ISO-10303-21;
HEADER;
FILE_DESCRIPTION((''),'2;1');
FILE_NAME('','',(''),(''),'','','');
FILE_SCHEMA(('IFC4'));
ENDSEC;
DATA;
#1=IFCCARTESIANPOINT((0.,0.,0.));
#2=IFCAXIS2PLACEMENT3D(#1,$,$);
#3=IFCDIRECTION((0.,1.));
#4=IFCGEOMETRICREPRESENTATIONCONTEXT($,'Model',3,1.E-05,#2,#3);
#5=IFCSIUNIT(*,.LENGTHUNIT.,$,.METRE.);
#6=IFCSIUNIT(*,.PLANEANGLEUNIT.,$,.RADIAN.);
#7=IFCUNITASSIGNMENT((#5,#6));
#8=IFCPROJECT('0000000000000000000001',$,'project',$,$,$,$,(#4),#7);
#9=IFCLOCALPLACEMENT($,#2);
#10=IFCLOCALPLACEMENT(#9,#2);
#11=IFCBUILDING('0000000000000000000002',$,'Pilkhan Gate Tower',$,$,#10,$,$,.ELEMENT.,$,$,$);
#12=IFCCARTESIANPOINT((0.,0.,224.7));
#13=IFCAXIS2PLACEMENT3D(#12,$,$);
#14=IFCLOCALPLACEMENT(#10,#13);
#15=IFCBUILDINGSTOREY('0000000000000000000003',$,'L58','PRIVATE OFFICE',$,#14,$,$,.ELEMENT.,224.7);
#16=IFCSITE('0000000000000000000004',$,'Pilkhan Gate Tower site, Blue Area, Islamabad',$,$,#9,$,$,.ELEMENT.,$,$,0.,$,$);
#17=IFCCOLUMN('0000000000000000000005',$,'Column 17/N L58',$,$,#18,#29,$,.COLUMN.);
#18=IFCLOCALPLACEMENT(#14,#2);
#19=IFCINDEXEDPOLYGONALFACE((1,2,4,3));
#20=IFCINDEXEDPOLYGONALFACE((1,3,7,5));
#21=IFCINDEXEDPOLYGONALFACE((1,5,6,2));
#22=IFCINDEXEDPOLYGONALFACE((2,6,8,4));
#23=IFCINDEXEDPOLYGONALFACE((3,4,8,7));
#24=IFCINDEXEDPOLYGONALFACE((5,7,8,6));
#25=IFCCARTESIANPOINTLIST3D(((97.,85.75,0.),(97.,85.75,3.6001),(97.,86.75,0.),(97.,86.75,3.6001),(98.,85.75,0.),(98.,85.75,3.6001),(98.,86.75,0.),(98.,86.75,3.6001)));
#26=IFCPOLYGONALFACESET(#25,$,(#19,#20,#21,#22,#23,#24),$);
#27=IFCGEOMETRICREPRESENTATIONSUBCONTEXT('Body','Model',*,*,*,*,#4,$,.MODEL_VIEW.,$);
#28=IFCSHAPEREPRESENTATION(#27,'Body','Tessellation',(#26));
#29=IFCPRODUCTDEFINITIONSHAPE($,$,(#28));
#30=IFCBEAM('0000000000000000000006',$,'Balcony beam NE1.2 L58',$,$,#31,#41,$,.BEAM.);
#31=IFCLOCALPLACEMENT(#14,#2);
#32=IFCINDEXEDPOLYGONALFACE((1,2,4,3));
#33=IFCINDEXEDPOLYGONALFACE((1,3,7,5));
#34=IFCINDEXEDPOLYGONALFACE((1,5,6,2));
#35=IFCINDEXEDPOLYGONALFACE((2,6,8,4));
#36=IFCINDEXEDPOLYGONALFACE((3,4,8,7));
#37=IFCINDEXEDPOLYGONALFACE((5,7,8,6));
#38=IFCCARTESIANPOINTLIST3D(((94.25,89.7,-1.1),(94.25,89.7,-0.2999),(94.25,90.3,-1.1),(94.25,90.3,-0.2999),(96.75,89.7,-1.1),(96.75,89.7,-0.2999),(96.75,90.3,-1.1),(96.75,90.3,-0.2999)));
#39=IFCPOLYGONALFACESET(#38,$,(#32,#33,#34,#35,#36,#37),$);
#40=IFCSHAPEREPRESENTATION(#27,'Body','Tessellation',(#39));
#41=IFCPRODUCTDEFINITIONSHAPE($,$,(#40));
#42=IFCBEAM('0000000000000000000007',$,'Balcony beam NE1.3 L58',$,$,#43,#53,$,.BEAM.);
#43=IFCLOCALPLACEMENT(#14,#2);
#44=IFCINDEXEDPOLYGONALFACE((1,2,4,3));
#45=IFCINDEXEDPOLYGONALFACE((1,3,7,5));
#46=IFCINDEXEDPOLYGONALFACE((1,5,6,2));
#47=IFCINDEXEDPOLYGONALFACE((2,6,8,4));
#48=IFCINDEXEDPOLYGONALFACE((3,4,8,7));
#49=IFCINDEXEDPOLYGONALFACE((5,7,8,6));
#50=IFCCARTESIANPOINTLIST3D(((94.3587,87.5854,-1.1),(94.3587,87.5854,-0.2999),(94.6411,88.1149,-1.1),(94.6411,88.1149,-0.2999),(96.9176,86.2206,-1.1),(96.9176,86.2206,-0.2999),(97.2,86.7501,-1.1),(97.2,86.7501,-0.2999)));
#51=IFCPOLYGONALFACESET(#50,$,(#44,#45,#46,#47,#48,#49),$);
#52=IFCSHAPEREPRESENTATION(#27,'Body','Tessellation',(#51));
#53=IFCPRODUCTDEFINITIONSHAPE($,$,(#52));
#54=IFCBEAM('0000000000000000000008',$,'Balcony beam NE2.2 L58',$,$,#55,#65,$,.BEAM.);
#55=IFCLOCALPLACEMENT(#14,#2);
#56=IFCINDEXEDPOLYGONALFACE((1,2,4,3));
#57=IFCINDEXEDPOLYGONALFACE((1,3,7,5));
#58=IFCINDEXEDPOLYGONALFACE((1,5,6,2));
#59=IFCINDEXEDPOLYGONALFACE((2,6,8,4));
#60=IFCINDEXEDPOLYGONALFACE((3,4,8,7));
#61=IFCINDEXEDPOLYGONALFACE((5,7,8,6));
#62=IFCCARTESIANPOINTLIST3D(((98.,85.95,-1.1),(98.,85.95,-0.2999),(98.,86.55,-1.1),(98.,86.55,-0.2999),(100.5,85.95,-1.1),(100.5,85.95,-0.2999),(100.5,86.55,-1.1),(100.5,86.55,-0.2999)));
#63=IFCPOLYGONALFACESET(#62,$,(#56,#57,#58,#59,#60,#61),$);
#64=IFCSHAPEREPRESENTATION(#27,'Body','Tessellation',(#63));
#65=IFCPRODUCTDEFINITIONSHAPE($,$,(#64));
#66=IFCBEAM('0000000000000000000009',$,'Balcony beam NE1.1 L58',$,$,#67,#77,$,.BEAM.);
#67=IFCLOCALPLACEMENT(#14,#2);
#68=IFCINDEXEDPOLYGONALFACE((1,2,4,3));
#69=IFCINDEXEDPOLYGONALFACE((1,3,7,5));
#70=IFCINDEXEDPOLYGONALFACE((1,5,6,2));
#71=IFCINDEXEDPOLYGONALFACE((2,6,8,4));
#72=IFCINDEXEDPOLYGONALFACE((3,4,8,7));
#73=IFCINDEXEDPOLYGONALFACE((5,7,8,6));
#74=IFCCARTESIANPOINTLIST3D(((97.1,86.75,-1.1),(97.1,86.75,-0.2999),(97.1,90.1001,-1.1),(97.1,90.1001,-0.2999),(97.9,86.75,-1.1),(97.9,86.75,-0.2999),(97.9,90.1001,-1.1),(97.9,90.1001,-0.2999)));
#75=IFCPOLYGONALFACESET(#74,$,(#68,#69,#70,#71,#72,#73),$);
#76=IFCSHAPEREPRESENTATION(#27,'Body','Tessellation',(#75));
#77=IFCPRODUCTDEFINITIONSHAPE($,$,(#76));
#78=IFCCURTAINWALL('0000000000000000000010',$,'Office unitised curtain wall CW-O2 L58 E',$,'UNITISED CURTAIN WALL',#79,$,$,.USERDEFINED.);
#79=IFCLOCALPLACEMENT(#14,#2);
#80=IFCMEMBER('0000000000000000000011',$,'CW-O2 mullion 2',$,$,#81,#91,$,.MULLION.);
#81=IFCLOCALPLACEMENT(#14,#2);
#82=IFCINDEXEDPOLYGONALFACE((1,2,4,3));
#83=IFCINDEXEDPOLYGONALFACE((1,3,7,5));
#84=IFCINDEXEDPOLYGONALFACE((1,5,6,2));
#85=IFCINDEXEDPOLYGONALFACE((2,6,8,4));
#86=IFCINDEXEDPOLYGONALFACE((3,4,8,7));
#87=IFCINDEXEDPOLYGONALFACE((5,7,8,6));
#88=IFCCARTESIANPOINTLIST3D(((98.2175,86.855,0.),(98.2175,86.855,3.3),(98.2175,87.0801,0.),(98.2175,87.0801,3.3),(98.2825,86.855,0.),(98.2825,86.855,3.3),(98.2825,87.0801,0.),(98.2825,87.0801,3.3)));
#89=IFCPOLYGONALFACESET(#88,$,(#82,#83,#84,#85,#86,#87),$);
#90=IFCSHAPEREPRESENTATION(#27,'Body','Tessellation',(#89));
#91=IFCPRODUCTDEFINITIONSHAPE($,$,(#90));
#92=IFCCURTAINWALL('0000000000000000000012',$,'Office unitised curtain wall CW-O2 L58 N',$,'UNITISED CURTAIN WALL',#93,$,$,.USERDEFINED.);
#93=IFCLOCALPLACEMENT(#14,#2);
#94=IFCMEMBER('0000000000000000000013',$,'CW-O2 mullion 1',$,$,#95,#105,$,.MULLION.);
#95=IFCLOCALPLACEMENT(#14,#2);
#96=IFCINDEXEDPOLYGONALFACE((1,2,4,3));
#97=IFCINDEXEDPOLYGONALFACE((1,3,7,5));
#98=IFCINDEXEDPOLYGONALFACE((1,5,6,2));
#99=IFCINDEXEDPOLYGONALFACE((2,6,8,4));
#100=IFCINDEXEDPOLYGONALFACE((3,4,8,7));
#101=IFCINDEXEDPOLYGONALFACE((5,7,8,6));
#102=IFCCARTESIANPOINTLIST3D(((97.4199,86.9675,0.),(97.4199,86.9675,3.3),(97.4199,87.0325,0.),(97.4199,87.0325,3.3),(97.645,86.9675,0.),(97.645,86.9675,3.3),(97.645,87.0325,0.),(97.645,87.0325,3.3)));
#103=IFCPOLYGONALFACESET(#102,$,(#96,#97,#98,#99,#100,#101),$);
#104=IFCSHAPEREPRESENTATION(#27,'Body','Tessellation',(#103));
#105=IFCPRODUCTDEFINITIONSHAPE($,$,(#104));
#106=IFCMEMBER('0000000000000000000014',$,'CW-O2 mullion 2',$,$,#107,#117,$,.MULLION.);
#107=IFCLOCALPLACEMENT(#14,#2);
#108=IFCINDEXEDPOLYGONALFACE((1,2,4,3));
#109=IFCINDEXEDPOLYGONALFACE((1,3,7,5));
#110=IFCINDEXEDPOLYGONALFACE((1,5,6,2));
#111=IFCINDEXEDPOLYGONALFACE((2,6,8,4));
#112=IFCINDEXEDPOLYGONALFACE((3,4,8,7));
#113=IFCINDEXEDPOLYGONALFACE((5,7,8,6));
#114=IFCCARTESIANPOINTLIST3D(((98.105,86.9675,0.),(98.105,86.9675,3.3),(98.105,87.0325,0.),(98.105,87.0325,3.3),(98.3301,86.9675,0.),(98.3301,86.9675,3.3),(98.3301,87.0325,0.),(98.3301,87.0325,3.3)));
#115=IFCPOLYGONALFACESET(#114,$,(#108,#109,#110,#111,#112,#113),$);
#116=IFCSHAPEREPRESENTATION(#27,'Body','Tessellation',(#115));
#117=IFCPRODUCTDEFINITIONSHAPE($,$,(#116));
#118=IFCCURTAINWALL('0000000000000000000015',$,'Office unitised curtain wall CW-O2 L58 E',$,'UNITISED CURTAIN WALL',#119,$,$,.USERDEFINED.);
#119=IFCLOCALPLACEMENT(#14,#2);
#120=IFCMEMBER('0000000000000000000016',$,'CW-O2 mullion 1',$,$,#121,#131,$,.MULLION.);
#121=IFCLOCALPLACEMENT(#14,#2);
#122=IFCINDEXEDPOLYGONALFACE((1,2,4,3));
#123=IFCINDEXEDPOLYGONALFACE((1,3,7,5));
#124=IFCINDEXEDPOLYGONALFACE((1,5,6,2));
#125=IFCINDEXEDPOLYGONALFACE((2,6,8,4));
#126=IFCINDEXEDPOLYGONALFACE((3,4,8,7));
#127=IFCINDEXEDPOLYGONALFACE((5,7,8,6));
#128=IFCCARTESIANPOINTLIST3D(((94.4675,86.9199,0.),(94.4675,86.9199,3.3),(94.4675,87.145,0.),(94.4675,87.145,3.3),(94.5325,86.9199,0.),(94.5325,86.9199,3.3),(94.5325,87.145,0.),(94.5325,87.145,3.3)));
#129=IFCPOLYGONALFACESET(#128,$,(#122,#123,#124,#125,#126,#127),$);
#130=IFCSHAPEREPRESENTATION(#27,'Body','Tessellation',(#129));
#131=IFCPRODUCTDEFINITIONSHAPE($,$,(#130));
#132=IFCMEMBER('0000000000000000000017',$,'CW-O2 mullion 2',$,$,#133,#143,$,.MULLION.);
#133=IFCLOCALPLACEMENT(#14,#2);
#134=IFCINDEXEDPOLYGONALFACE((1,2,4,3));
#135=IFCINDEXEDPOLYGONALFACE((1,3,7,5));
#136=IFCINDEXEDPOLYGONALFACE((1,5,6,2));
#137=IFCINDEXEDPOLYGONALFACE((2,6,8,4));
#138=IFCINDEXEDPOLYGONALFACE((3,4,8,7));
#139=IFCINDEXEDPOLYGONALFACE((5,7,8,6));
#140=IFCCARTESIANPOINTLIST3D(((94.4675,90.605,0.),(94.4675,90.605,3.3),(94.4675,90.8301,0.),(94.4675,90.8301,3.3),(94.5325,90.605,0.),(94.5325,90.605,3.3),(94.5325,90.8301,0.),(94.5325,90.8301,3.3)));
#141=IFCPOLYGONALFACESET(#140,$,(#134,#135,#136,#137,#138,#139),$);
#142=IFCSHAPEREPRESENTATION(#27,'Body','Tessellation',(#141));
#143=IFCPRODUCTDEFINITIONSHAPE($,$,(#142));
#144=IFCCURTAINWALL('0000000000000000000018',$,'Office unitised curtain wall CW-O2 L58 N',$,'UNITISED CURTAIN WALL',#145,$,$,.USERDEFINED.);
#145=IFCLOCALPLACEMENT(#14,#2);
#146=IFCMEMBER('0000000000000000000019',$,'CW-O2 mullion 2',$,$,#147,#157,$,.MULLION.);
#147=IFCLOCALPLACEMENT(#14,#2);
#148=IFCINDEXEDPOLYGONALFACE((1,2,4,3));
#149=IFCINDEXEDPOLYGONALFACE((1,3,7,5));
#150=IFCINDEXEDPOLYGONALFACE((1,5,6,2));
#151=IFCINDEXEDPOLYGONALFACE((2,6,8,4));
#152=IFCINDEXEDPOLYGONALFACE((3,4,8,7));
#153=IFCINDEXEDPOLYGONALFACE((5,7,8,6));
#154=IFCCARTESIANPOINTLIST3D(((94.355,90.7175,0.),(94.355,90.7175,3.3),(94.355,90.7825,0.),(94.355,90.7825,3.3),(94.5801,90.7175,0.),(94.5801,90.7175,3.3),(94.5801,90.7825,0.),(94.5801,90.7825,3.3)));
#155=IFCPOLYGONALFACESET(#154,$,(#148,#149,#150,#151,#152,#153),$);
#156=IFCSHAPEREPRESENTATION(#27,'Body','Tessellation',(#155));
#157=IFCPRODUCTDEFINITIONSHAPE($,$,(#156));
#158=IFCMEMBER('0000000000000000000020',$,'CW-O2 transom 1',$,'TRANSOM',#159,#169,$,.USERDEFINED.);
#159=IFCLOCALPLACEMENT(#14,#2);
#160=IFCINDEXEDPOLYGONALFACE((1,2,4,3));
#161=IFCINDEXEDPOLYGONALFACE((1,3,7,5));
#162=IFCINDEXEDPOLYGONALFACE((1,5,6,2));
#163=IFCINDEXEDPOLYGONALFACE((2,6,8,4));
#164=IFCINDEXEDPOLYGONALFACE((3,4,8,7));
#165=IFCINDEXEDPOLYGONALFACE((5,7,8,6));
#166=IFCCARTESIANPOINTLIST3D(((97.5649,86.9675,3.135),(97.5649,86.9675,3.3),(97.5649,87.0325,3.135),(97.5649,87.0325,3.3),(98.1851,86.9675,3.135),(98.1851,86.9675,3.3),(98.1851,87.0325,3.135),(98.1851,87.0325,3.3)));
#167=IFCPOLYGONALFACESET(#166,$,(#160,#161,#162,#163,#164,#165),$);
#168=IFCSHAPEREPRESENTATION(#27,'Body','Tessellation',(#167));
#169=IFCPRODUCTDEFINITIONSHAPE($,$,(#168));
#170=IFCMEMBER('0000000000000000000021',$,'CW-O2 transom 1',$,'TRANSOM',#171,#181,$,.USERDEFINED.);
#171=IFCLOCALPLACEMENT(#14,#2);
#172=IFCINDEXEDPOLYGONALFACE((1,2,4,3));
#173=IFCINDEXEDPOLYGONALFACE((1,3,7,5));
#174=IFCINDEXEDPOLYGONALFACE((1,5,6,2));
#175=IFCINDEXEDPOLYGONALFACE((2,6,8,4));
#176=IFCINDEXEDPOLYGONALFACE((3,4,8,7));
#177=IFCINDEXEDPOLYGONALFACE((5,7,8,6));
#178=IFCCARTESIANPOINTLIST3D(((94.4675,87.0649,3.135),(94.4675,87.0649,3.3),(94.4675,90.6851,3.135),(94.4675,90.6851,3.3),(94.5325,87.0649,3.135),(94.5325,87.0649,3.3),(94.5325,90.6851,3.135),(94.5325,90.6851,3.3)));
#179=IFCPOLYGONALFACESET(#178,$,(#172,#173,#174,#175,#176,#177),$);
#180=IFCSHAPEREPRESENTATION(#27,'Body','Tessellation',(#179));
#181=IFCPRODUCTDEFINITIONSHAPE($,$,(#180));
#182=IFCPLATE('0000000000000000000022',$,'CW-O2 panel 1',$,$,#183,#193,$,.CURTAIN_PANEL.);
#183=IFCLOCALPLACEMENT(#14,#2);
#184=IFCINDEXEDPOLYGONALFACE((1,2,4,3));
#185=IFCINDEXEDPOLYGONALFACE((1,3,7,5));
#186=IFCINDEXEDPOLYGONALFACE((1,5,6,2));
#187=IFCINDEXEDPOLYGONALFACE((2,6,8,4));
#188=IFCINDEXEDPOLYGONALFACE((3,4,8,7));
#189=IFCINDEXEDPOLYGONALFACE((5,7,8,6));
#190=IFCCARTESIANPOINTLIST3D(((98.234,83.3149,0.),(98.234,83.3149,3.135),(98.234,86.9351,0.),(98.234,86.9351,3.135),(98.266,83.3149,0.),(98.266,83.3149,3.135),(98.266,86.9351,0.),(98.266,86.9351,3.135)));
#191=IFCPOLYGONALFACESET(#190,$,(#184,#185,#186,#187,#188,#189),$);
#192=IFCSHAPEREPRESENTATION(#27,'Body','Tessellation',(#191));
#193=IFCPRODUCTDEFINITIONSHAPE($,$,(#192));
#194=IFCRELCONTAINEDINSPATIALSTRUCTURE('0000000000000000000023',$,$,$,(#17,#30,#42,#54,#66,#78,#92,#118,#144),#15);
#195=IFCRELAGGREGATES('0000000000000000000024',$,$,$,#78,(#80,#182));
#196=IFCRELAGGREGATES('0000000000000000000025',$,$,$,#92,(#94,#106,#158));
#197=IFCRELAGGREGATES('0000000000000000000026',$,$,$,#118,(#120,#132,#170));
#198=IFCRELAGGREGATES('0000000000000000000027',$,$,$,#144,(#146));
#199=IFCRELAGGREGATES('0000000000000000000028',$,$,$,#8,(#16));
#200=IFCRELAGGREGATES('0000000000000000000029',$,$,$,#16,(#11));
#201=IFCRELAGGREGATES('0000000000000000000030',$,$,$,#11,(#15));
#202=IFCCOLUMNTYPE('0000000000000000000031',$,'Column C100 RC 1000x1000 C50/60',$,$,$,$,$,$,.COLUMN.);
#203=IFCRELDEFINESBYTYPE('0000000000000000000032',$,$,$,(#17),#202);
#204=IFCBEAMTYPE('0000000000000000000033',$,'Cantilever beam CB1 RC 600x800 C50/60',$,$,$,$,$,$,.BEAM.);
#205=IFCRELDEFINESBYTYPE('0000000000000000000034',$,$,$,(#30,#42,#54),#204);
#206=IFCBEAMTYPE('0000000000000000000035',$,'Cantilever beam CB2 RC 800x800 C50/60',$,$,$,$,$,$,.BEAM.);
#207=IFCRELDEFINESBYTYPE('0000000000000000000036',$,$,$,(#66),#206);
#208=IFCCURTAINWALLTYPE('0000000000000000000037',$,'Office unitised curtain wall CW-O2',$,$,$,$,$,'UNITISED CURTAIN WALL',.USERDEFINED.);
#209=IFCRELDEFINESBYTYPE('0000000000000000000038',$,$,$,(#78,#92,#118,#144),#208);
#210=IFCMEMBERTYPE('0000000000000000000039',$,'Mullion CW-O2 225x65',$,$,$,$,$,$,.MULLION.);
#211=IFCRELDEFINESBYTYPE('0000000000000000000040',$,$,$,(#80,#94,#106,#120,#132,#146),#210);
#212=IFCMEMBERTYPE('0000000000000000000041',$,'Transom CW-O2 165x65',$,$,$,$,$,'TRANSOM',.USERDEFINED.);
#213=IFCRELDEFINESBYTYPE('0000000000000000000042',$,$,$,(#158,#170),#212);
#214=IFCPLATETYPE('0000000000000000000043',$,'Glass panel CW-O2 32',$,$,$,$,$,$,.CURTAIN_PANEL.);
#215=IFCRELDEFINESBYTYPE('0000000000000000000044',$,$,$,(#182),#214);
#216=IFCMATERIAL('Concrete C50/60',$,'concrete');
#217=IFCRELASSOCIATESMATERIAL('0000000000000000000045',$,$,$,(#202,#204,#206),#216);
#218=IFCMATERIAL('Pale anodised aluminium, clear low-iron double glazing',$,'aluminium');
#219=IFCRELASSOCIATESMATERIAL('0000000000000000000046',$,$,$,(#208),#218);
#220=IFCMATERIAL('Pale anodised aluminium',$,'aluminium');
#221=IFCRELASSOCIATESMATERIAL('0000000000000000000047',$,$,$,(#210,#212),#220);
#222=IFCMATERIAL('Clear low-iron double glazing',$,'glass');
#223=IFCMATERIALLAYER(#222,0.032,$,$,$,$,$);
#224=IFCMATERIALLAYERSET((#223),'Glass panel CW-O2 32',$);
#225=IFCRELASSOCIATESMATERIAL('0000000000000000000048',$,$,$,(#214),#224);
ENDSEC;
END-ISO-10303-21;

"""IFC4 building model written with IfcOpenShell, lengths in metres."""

from ifc_helpers import new_model, si_unit, direction, frame, origin, origin_2d, place, context, subcontext, project, spatial, rectangle, extrude, material, layer, layer_set, material_profile, profile_set, type_object, element, aggregate, save


model = new_model("IFC4")

# Units and contexts
model_context = context("Model", 3, precision=1e-05, world=origin(), true_north=direction((0.0, 1.0)))
body_context = subcontext(model_context, "Body", "Model", "MODEL_VIEW")
ifc_project = project(units=[si_unit("LENGTHUNIT", "METRE"), si_unit("PLANEANGLEUNIT", "RADIAN")], contexts=[model_context])

# Site, building, storey
site_placement = place(None, origin())
site = spatial("IfcSite", under=ifc_project, at=site_placement, Name="Pilkhan Gate Tower site, Blue Area, Islamabad", CompositionType="ELEMENT", RefElevation=0.0)
building_placement = place(site_placement, origin())
building = spatial("IfcBuilding", under=site, at=building_placement, Name="Pilkhan Gate Tower", CompositionType="ELEMENT")
storey_placement = place(building_placement, frame((0.0, 0.0, 224.7)))
storey = spatial("IfcBuildingStorey", under=building, at=storey_placement, Name="L58", Description="PRIVATE OFFICE", CompositionType="ELEMENT", Elevation=224.7)

# Column
ifc_material_1 = material(Name="Concrete C50/60", Category="concrete")
ifc_material_profile_1 = material_profile(ifc_material_1, rectangle(XDim=1.0, YDim=1.0, at=origin_2d()), Name="RC 1000x1000")
ifc_profile_set_1 = profile_set([ifc_material_profile_1], Name="Concrete C50/60")
column_type = type_object("IfcColumnType", Name="Column C100 RC 1000x1000 C50/60", PredefinedType="COLUMN", material=ifc_profile_set_1)
column_placement = place(storey_placement, frame((97.5, 86.25, 0.0), z_axis=(0.0, 0.0, 1.0), x_axis=(1.0, 0.0, 0.0)))
element("IfcColumn", 1, at=column_placement, inside=storey, type_object=column_type, Name="Column 17/N L58", PredefinedType="COLUMN", context=body_context, shape_type="SweptSolid", body=[
    extrude(rectangle(XDim=1.0, YDim=1.0, at=origin_2d()), origin(), (0.0, 0.0, 1.0), 3.6001),
])

# Beams
ifc_material_profile_2 = material_profile(ifc_material_1, rectangle(XDim=0.6001, YDim=0.8, at=origin_2d()), Name="RC 600x800")
ifc_profile_set_2 = profile_set([ifc_material_profile_2], Name="Concrete C50/60")
beam_type_1 = type_object("IfcBeamType", Name="Cantilever beam CB1 RC 600x800 C50/60", PredefinedType="BEAM", material=ifc_profile_set_2)
beam_1_placement = place(storey_placement, frame((94.25, 90.0, -0.7), z_axis=(1.0, 0.0, 0.0), x_axis=(0.0, 1.0, 0.0)))
element("IfcBeam", 2, at=beam_1_placement, inside=storey, type_object=beam_type_1, Name="Balcony beam NE1.2 L58", PredefinedType="BEAM", context=body_context, shape_type="SweptSolid", body=[
    extrude(rectangle(XDim=0.6001, YDim=0.8, at=origin_2d()), origin(), (0.0, 0.0, 1.0), 2.5),
])
beam_2_placement = place(storey_placement, frame((97.0588, 86.4854, -0.7), z_axis=(-0.882348, 0.470597, 0.0), x_axis=(-0.470597, -0.882348, 0.0)))
element("IfcBeam", 3, at=beam_2_placement, inside=storey, type_object=beam_type_1, Name="Balcony beam NE1.3 L58", PredefinedType="BEAM", context=body_context, shape_type="SweptSolid", body=[
    extrude(rectangle(XDim=0.6001, YDim=0.8, at=origin_2d()), origin(), (0.0, 0.0, 1.0), 2.9001),
])
beam_3_placement = place(storey_placement, frame((98.0, 86.25, -0.7), z_axis=(1.0, 0.0, 0.0), x_axis=(0.0, 1.0, 0.0)))
element("IfcBeam", 4, at=beam_3_placement, inside=storey, type_object=beam_type_1, Name="Balcony beam NE2.2 L58", PredefinedType="BEAM", context=body_context, shape_type="SweptSolid", body=[
    extrude(rectangle(XDim=0.6001, YDim=0.8, at=origin_2d()), origin(), (0.0, 0.0, 1.0), 2.5),
])
ifc_material_profile_3 = material_profile(ifc_material_1, rectangle(XDim=0.8, YDim=0.8, at=origin_2d()), Name="RC 800x800")
ifc_profile_set_3 = profile_set([ifc_material_profile_3], Name="Concrete C50/60")
beam_type_2 = type_object("IfcBeamType", Name="Cantilever beam CB2 RC 800x800 C50/60", PredefinedType="BEAM", material=ifc_profile_set_3)
beam_4_placement = place(storey_placement, frame((97.5, 86.75, -0.7), z_axis=(0.0, 1.0, 0.0), x_axis=(-1.0, 0.0, 0.0)))
element("IfcBeam", 5, at=beam_4_placement, inside=storey, type_object=beam_type_2, Name="Balcony beam NE1.1 L58", PredefinedType="BEAM", context=body_context, shape_type="SweptSolid", body=[
    extrude(rectangle(XDim=0.8, YDim=0.8, at=origin_2d()), origin(), (0.0, 0.0, 1.0), 3.3501),
])

# Curtain wall, member
ifc_material_2 = material(Name="Pale anodised aluminium, clear low-iron double glazing", Category="aluminium")
curtain_wall_type = type_object("IfcCurtainWallType", Name="Office unitised curtain wall CW-O2", ElementType="UNITISED CURTAIN WALL", PredefinedType="USERDEFINED", material=ifc_material_2)
curtain_wall_1_placement = place(storey_placement, origin())
curtain_wall_1 = element("IfcCurtainWall", 6, at=curtain_wall_1_placement, inside=storey, type_object=curtain_wall_type, Name="Office unitised curtain wall CW-O2 L58 E", ObjectType="UNITISED CURTAIN WALL", PredefinedType="USERDEFINED")
ifc_material_3 = material(Name="Pale anodised aluminium", Category="aluminium")
ifc_material_profile_4 = material_profile(ifc_material_3, rectangle(XDim=0.0649, YDim=0.2251, at=origin_2d()), Name="Mullion 225x65")
ifc_profile_set_4 = profile_set([ifc_material_profile_4], Name="Pale anodised aluminium")
member_type_1 = type_object("IfcMemberType", Name="Mullion CW-O2 225x65", PredefinedType="MULLION", material=ifc_profile_set_4)
member_1_placement = place(storey_placement, frame((98.25, 86.9675, 0.0), z_axis=(0.0, 0.0, 1.0), x_axis=(-1.0, 0.0, 0.0)))
member_1 = element("IfcMember", 7, at=member_1_placement, type_object=member_type_1, Name="CW-O2 mullion 2", PredefinedType="MULLION", context=body_context, shape_type="SweptSolid", body=[
    extrude(rectangle(XDim=0.0649, YDim=0.2251, at=origin_2d()), origin(), (0.0, 0.0, 1.0), 3.3),
])

# Curtain walls, members
curtain_wall_2_placement = place(storey_placement, origin())
curtain_wall_2 = element("IfcCurtainWall", 8, at=curtain_wall_2_placement, inside=storey, type_object=curtain_wall_type, Name="Office unitised curtain wall CW-O2 L58 N", ObjectType="UNITISED CURTAIN WALL", PredefinedType="USERDEFINED")
member_2_placement = place(storey_placement, frame((97.5325, 87.0, 0.0), z_axis=(0.0, 0.0, 1.0), x_axis=(0.0, 1.0, 0.0)))
member_2 = element("IfcMember", 9, at=member_2_placement, type_object=member_type_1, Name="CW-O2 mullion 1", PredefinedType="MULLION", context=body_context, shape_type="SweptSolid", body=[
    extrude(rectangle(XDim=0.0649, YDim=0.2251, at=origin_2d()), origin(), (0.0, 0.0, 1.0), 3.3),
])
member_3_placement = place(storey_placement, frame((98.2175, 87.0, 0.0), z_axis=(0.0, 0.0, 1.0), x_axis=(0.0, 1.0, 0.0)))
member_3 = element("IfcMember", 10, at=member_3_placement, type_object=member_type_1, Name="CW-O2 mullion 2", PredefinedType="MULLION", context=body_context, shape_type="SweptSolid", body=[
    extrude(rectangle(XDim=0.0649, YDim=0.2251, at=origin_2d()), origin(), (0.0, 0.0, 1.0), 3.3),
])
curtain_wall_3_placement = place(storey_placement, origin())
curtain_wall_3 = element("IfcCurtainWall", 11, at=curtain_wall_3_placement, inside=storey, type_object=curtain_wall_type, Name="Office unitised curtain wall CW-O2 L58 E", ObjectType="UNITISED CURTAIN WALL", PredefinedType="USERDEFINED")
member_4_placement = place(storey_placement, frame((94.5, 87.0325, 0.0), z_axis=(0.0, 0.0, 1.0), x_axis=(-1.0, 0.0, 0.0)))
member_4 = element("IfcMember", 12, at=member_4_placement, type_object=member_type_1, Name="CW-O2 mullion 1", PredefinedType="MULLION", context=body_context, shape_type="SweptSolid", body=[
    extrude(rectangle(XDim=0.0649, YDim=0.2251, at=origin_2d()), origin(), (0.0, 0.0, 1.0), 3.3),
])
member_5_placement = place(storey_placement, frame((94.5, 90.7175, 0.0), z_axis=(0.0, 0.0, 1.0), x_axis=(-1.0, 0.0, 0.0)))
member_5 = element("IfcMember", 13, at=member_5_placement, type_object=member_type_1, Name="CW-O2 mullion 2", PredefinedType="MULLION", context=body_context, shape_type="SweptSolid", body=[
    extrude(rectangle(XDim=0.0649, YDim=0.2251, at=origin_2d()), origin(), (0.0, 0.0, 1.0), 3.3),
])

# Curtain wall, member
curtain_wall_4_placement = place(storey_placement, origin())
curtain_wall_4 = element("IfcCurtainWall", 14, at=curtain_wall_4_placement, inside=storey, type_object=curtain_wall_type, Name="Office unitised curtain wall CW-O2 L58 N", ObjectType="UNITISED CURTAIN WALL", PredefinedType="USERDEFINED")
member_6_placement = place(storey_placement, frame((94.4675, 90.75, 0.0), z_axis=(0.0, 0.0, 1.0), x_axis=(0.0, 1.0, 0.0)))
member_6 = element("IfcMember", 15, at=member_6_placement, type_object=member_type_1, Name="CW-O2 mullion 2", PredefinedType="MULLION", context=body_context, shape_type="SweptSolid", body=[
    extrude(rectangle(XDim=0.0649, YDim=0.2251, at=origin_2d()), origin(), (0.0, 0.0, 1.0), 3.3),
])

# Members
ifc_material_profile_5 = material_profile(ifc_material_3, rectangle(XDim=0.0649, YDim=0.165, at=origin_2d()), Name="Transom 165x65")
ifc_profile_set_5 = profile_set([ifc_material_profile_5], Name="Pale anodised aluminium")
member_type_2 = type_object("IfcMemberType", Name="Transom CW-O2 165x65", ElementType="TRANSOM", PredefinedType="USERDEFINED", material=ifc_profile_set_5)
member_7_placement = place(storey_placement, frame((97.5649, 87.0, 3.2175), z_axis=(1.0, 0.0, 0.0), x_axis=(0.0, 1.0, 0.0)))
member_7 = element("IfcMember", 16, at=member_7_placement, type_object=member_type_2, Name="CW-O2 transom 1", ObjectType="TRANSOM", PredefinedType="USERDEFINED", context=body_context, shape_type="SweptSolid", body=[
    extrude(rectangle(XDim=0.0649, YDim=0.165, at=origin_2d()), origin(), (0.0, 0.0, 1.0), 0.6201),
])
member_8_placement = place(storey_placement, frame((94.5, 87.0649, 3.2175), z_axis=(0.0, 1.0, 0.0), x_axis=(-1.0, 0.0, 0.0)))
member_8 = element("IfcMember", 17, at=member_8_placement, type_object=member_type_2, Name="CW-O2 transom 1", ObjectType="TRANSOM", PredefinedType="USERDEFINED", context=body_context, shape_type="SweptSolid", body=[
    extrude(rectangle(XDim=0.0649, YDim=0.165, at=origin_2d()), origin(), (0.0, 0.0, 1.0), 3.6201),
])

# Plate
ifc_material_4 = material(Name="Clear low-iron double glazing", Category="glass")
ifc_layer_1 = layer(ifc_material_4, 0.032)
ifc_layer_set_1 = layer_set([ifc_layer_1], Name="Glass panel CW-O2 32")
plate_type = type_object("IfcPlateType", Name="Glass panel CW-O2 32", PredefinedType="CURTAIN_PANEL", material=ifc_layer_set_1)
plate_1_placement = place(storey_placement, frame((98.25, 85.125, 0.0), z_axis=(0.0, 0.0, 1.0), x_axis=(0.0, 1.0, 0.0)))
plate_1 = element("IfcPlate", 18, at=plate_1_placement, type_object=plate_type, Name="CW-O2 panel 1", PredefinedType="CURTAIN_PANEL", context=body_context, shape_type="SweptSolid", body=[
    extrude(rectangle(XDim=3.6201, YDim=0.032, at=origin_2d()), origin(), (0.0, 0.0, 1.0), 3.135),
])
aggregate(curtain_wall_1, [member_1, plate_1])
aggregate(curtain_wall_2, [member_2, member_3, member_7])
aggregate(curtain_wall_3, [member_4, member_5, member_8])
aggregate(curtain_wall_4, [member_6])

save(model, "model.ifc")
